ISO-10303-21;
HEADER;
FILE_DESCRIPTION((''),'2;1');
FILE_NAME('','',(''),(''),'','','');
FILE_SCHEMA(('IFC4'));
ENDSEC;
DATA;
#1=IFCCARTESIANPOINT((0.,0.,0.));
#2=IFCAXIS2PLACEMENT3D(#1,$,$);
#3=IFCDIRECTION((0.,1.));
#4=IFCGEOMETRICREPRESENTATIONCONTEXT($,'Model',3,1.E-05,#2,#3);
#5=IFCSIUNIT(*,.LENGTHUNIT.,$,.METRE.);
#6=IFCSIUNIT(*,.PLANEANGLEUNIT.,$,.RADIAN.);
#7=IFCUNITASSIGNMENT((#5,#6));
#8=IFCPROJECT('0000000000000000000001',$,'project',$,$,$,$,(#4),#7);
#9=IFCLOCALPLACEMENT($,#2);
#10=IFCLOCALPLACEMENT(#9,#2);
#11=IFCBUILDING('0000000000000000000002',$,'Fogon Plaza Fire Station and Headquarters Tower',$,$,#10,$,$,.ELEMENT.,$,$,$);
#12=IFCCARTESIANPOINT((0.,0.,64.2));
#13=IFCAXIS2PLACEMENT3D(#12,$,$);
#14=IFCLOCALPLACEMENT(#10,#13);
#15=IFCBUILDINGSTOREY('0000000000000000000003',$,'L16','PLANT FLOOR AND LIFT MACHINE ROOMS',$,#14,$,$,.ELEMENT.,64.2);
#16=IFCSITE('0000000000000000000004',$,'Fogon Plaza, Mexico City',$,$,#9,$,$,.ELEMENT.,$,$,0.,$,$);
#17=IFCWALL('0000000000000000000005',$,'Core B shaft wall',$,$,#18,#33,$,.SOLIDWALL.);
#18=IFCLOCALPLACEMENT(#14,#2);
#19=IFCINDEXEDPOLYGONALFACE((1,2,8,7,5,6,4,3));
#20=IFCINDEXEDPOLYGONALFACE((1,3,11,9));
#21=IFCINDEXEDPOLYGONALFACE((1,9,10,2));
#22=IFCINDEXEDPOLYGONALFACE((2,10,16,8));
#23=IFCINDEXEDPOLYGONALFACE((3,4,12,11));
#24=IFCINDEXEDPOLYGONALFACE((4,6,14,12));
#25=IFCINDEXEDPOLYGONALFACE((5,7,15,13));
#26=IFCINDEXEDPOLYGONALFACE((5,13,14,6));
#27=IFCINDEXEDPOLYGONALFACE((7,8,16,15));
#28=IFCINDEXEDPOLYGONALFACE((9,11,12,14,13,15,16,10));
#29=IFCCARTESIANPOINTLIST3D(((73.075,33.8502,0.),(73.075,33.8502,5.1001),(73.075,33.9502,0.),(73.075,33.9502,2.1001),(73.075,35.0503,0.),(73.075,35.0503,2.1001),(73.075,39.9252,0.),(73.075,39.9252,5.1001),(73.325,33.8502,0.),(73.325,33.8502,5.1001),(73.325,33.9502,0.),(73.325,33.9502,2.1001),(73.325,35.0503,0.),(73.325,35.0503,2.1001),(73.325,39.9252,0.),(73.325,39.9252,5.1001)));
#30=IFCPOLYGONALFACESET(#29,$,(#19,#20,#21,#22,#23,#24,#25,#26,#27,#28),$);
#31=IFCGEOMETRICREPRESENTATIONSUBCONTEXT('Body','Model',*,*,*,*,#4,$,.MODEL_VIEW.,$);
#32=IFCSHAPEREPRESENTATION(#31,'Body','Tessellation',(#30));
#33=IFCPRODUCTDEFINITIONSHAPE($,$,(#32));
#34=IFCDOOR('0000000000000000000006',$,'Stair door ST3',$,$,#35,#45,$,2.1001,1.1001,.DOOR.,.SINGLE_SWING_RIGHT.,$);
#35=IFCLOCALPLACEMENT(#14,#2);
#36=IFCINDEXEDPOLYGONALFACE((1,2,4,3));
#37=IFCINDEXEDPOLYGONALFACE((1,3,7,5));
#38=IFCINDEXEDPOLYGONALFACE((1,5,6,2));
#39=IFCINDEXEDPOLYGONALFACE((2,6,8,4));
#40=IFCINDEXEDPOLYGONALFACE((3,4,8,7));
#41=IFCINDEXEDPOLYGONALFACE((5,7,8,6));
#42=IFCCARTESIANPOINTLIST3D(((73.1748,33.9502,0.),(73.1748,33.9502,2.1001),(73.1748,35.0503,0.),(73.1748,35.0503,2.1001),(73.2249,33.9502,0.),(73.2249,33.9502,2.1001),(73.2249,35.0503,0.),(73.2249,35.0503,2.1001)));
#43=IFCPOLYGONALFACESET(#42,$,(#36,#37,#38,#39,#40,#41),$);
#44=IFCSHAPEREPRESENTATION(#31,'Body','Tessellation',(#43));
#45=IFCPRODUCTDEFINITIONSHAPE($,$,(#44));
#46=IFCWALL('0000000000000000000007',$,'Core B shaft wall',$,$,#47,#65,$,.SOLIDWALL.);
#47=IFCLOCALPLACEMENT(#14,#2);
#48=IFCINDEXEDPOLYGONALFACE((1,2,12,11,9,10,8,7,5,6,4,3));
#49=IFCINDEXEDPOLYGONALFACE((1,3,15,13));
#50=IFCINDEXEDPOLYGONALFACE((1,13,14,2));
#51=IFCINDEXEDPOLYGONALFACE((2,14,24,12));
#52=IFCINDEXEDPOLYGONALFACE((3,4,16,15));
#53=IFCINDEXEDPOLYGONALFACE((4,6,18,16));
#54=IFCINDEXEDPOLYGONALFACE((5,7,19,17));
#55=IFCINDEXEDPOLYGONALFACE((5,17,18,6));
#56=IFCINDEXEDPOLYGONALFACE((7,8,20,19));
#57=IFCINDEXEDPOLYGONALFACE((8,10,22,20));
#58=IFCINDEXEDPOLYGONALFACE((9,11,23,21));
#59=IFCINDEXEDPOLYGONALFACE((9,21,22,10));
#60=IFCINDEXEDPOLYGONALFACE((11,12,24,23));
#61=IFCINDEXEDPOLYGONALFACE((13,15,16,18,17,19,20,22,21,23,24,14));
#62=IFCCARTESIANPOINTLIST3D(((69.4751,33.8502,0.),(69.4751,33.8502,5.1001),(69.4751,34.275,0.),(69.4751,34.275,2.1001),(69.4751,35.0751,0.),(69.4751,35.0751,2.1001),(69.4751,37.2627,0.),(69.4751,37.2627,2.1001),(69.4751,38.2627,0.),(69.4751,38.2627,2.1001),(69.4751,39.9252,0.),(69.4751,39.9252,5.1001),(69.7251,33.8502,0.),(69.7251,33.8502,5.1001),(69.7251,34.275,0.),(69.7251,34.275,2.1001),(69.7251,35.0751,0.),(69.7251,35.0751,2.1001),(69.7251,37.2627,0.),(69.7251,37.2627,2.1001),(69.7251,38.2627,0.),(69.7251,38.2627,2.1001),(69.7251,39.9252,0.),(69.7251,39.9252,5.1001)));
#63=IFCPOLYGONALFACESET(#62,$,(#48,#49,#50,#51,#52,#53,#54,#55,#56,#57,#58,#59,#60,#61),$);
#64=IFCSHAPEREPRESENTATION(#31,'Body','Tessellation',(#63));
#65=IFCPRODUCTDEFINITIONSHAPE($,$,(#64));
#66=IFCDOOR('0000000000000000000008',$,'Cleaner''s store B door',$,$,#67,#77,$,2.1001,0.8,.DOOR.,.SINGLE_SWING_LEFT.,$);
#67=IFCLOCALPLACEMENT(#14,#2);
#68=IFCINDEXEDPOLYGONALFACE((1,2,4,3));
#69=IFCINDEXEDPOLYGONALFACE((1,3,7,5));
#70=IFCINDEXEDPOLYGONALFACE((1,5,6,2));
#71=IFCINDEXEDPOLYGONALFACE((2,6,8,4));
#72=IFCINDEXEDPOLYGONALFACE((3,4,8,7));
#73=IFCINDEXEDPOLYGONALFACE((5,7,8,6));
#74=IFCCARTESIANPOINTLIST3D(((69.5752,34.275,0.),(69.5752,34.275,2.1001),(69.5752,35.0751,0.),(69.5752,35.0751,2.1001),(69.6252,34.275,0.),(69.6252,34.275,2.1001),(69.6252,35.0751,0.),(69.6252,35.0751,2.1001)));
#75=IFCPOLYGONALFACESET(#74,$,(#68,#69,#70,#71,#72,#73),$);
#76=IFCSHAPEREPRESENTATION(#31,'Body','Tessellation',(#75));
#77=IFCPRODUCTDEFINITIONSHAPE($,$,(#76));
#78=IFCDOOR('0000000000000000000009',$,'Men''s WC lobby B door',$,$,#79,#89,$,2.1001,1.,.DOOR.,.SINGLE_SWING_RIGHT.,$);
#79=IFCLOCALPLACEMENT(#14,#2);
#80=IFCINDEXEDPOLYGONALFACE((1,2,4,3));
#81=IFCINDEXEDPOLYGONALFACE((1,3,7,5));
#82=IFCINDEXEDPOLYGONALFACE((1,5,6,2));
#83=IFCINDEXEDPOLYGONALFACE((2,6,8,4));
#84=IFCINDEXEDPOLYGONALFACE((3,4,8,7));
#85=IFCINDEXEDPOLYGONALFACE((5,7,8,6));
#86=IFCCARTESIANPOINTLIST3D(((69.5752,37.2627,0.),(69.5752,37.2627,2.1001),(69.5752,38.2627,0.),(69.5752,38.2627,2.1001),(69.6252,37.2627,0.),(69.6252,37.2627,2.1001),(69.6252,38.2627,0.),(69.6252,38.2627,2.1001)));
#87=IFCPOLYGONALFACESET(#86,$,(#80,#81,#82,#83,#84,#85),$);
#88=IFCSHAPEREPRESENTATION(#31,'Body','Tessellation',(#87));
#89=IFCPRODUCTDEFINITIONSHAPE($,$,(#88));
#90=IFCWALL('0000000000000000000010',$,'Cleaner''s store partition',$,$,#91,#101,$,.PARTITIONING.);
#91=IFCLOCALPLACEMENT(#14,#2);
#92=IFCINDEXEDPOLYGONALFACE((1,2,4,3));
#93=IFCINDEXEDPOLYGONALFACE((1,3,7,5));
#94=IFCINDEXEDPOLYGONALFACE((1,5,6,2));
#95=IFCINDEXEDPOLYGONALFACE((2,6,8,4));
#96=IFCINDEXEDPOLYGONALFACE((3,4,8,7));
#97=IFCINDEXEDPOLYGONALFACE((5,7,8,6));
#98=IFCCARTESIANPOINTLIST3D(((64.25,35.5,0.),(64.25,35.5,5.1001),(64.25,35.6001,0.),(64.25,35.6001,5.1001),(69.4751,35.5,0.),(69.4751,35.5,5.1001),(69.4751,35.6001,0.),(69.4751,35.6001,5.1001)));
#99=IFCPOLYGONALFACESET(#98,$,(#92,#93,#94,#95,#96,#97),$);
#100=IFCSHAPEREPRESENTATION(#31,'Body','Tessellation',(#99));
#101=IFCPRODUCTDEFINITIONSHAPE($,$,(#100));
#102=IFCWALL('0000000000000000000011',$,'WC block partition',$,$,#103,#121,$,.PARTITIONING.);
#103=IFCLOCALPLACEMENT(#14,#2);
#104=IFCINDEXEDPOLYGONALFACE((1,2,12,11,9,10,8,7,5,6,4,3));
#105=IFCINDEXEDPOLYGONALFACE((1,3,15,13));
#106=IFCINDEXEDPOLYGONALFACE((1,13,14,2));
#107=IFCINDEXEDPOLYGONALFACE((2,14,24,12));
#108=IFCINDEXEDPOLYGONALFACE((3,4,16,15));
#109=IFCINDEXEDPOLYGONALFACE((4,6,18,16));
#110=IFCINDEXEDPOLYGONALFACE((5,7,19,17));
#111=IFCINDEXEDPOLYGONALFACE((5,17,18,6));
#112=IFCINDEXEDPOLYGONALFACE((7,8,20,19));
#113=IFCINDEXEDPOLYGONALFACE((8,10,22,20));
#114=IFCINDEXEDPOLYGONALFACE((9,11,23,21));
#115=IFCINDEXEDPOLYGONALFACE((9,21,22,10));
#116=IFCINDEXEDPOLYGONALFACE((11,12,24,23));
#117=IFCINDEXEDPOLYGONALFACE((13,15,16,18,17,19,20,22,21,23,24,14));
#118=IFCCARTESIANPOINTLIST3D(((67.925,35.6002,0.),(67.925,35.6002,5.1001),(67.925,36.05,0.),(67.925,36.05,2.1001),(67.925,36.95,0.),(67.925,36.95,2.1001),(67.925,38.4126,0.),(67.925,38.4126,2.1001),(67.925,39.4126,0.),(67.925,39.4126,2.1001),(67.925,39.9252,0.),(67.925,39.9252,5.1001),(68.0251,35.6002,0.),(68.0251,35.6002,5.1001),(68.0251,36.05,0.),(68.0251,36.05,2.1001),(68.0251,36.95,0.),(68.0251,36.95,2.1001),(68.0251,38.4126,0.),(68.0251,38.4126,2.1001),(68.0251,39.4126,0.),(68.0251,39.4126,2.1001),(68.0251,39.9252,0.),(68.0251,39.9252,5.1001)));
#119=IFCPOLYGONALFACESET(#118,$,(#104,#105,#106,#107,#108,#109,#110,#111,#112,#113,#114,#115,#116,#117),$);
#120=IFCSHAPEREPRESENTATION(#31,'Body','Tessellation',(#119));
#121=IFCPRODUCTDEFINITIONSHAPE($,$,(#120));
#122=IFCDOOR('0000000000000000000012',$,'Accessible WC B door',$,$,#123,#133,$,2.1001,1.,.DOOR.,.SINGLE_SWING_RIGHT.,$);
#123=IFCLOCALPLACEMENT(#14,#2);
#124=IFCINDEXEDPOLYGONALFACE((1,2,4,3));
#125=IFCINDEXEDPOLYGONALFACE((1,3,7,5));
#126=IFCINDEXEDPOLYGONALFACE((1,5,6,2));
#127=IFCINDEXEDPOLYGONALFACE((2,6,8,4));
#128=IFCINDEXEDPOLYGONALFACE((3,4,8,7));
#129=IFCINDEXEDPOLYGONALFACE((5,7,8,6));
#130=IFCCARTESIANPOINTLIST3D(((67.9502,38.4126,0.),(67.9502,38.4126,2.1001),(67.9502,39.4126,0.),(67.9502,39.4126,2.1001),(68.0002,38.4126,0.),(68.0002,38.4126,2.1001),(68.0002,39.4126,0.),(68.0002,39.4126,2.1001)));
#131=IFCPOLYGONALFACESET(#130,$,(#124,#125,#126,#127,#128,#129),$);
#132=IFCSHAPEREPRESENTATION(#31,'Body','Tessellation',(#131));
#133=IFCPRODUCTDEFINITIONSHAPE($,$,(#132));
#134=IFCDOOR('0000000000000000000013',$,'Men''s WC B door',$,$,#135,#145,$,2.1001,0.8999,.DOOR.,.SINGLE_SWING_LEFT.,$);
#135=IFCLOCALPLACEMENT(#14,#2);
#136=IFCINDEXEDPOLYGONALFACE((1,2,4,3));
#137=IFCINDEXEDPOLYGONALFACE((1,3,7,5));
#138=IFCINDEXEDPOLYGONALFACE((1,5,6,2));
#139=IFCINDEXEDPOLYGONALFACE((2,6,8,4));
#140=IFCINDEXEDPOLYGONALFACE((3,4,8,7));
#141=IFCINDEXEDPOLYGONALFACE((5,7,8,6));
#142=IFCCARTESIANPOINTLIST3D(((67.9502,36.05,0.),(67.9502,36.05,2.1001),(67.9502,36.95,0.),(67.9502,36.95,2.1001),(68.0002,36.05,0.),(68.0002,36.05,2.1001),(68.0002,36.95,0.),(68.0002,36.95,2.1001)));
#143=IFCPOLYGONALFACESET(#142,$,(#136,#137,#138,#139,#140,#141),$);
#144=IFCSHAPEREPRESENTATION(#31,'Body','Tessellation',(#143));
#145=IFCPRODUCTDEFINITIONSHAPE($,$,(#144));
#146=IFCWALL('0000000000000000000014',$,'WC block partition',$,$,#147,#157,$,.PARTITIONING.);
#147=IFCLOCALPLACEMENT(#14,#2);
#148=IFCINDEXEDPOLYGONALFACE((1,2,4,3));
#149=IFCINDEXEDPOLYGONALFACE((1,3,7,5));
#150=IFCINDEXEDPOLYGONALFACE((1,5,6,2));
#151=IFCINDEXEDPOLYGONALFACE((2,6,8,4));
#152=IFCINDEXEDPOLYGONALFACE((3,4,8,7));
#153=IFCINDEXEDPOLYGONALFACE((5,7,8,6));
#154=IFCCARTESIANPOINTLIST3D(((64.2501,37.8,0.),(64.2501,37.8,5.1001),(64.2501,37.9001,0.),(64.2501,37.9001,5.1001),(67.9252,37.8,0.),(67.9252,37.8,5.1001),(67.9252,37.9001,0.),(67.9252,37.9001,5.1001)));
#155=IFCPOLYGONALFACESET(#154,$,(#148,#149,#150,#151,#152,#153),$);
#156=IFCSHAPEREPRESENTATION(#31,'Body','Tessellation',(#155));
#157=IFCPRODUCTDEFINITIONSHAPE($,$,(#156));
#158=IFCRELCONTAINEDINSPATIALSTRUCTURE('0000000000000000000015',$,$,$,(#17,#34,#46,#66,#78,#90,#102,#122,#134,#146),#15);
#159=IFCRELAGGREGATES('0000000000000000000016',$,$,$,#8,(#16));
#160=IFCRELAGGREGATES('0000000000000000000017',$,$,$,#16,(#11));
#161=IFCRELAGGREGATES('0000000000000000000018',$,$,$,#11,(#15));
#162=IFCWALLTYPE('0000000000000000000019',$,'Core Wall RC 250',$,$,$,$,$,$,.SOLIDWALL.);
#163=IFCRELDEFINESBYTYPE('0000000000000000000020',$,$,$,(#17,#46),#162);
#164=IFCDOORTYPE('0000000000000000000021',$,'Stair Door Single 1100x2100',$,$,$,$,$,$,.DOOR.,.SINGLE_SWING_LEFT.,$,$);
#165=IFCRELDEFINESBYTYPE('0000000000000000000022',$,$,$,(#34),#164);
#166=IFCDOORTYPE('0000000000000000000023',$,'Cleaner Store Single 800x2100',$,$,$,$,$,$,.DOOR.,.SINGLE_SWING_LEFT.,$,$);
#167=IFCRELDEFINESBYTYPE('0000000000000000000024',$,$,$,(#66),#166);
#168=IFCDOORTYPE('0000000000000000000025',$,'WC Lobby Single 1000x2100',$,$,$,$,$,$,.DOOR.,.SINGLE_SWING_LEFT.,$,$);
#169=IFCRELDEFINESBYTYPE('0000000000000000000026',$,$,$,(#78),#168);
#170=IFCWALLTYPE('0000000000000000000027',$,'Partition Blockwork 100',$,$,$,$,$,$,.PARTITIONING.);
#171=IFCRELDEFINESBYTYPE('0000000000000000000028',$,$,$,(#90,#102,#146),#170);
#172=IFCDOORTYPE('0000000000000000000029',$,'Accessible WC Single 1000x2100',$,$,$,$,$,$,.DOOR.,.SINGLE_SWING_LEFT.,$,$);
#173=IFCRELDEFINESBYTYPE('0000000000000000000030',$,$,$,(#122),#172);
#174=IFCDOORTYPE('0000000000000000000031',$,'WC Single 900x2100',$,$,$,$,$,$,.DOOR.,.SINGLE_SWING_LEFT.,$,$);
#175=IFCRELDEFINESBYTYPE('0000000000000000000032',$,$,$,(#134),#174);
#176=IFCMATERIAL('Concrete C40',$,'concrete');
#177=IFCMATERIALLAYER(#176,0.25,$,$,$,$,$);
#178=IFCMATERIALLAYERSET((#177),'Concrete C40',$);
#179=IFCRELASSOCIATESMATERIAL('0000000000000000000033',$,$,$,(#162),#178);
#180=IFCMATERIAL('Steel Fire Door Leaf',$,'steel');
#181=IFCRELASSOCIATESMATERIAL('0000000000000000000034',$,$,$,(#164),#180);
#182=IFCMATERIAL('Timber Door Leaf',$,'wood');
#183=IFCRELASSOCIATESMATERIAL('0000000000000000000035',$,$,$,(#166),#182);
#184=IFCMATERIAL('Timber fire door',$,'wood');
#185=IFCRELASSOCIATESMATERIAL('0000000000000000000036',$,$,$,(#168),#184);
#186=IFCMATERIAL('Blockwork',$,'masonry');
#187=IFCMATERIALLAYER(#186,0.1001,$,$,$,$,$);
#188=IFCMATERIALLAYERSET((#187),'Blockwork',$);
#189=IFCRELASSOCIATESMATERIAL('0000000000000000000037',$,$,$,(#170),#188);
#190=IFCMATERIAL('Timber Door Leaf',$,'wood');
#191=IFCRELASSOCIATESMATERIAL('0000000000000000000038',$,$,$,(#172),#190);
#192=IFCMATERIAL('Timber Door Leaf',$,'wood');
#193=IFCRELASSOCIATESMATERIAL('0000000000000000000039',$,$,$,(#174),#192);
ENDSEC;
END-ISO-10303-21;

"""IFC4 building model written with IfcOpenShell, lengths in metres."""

from ifc_helpers import new_model, si_unit, direction, frame, frame_2d, origin, place, context, subcontext, project, spatial, rectangle, extrude, material, layer, layer_set, type_object, element, fill, save


model = new_model("IFC4")

# Units and contexts
model_context = context("Model", 3, precision=1e-05, world=origin(), true_north=direction((0.0, 1.0)))
body_context = subcontext(model_context, "Body", "Model", "MODEL_VIEW")
ifc_project = project(units=[si_unit("LENGTHUNIT", "METRE"), si_unit("PLANEANGLEUNIT", "RADIAN")], contexts=[model_context])

# Site, building, storey
site_placement = place(None, origin())
site = spatial("IfcSite", under=ifc_project, at=site_placement, Name="Fogon Plaza, Mexico City", CompositionType="ELEMENT", RefElevation=0.0)
building_placement = place(site_placement, origin())
building = spatial("IfcBuilding", under=site, at=building_placement, Name="Fogon Plaza Fire Station and Headquarters Tower", CompositionType="ELEMENT")
storey_placement = place(building_placement, frame((0.0, 0.0, 64.2)))
storey = spatial("IfcBuildingStorey", under=building, at=storey_placement, Name="L16", Description="PLANT FLOOR AND LIFT MACHINE ROOMS", CompositionType="ELEMENT", Elevation=64.2)

# Wall, opening, door
ifc_material_1 = material(Name="Concrete C40", Category="concrete")
ifc_layer_1 = layer(ifc_material_1, 0.25)
ifc_layer_set_1 = layer_set([ifc_layer_1], Name="Concrete C40")
wall_type_1 = type_object("IfcWallType", Name="Core Wall RC 250", PredefinedType="SOLIDWALL", material=ifc_layer_set_1)
wall_1_placement = place(storey_placement, frame((73.2, 33.8501, 0.0), z_axis=(0.0, 0.0, 1.0), x_axis=(0.0, 1.0, 0.0)))
wall_1 = element("IfcWall", 1, at=wall_1_placement, inside=storey, type_object=wall_type_1, Name="Core B shaft wall", PredefinedType="SOLIDWALL", context=body_context, shape_type="SweptSolid", body=[
    extrude(rectangle(XDim=6.075, YDim=0.25, at=frame_2d((3.0376, 0.0))), origin(), (0.0, 0.0, 1.0), 5.1001),
])
opening_1_placement = place(wall_1_placement, frame((0.1001, 0.0, 0.0)))
opening_1 = element("IfcOpeningElement", 2, at=opening_1_placement, cuts=wall_1, PredefinedType="OPENING", context=body_context, shape_type="SweptSolid", body=[
    extrude(rectangle(XDim=1.1001, YDim=2.1001, at=frame_2d((0.55, 1.05))), frame((0.0, 0.135, 0.0), z_axis=(0.0, -1.0, 0.0), x_axis=(1.0, 0.0, 0.0)), (0.0, 0.0, 1.0), 0.27),
])
ifc_material_2 = material(Name="Steel Fire Door Leaf", Category="steel")
door_type_1 = type_object("IfcDoorType", Name="Stair Door Single 1100x2100", OperationType="SINGLE_SWING_LEFT", PredefinedType="DOOR", material=ifc_material_2)
door_1_placement = place(opening_1_placement, frame((1.1001, 0.0, 0.0), z_axis=(0.0, 0.0, 1.0), x_axis=(-1.0, 0.0, 0.0)))
door_1 = element("IfcDoor", 3, at=door_1_placement, inside=storey, type_object=door_type_1, Name="Stair door ST3", OperationType="SINGLE_SWING_RIGHT", OverallHeight=2.1001, OverallWidth=1.1001, PredefinedType="DOOR", context=body_context, shape_type="SweptSolid", body=[
    extrude(rectangle(XDim=1.1001, YDim=2.1001, at=frame_2d((0.55, 1.05))), frame((0.0, 0.0249, 0.0), z_axis=(0.0, -1.0, 0.0), x_axis=(1.0, 0.0, 0.0)), (0.0, 0.0, 1.0), 0.05),
])
fill(opening_1, door_1)

# Wall, openings, doors
wall_2_placement = place(storey_placement, frame((69.6001, 33.8501, 0.0), z_axis=(0.0, 0.0, 1.0), x_axis=(0.0, 1.0, 0.0)))
wall_2 = element("IfcWall", 4, at=wall_2_placement, inside=storey, type_object=wall_type_1, Name="Core B shaft wall", PredefinedType="SOLIDWALL", context=body_context, shape_type="SweptSolid", body=[
    extrude(rectangle(XDim=6.075, YDim=0.25, at=frame_2d((3.0376, 0.0))), origin(), (0.0, 0.0, 1.0), 5.1001),
])
opening_2_placement = place(wall_2_placement, frame((0.425, 0.0, 0.0)))
opening_2 = element("IfcOpeningElement", 5, at=opening_2_placement, cuts=wall_2, PredefinedType="OPENING", context=body_context, shape_type="SweptSolid", body=[
    extrude(rectangle(XDim=0.8, YDim=2.1001, at=frame_2d((0.3999, 1.05))), frame((0.0, 0.135, 0.0), z_axis=(0.0, -1.0, 0.0), x_axis=(1.0, 0.0, 0.0)), (0.0, 0.0, 1.0), 0.27),
])
opening_3_placement = place(wall_2_placement, frame((3.4126, 0.0, 0.0)))
opening_3 = element("IfcOpeningElement", 6, at=opening_3_placement, cuts=wall_2, PredefinedType="OPENING", context=body_context, shape_type="SweptSolid", body=[
    extrude(rectangle(XDim=1.0, YDim=2.1001, at=frame_2d((0.5, 1.05))), frame((0.0, 0.135, 0.0), z_axis=(0.0, -1.0, 0.0), x_axis=(1.0, 0.0, 0.0)), (0.0, 0.0, 1.0), 0.27),
])
ifc_material_3 = material(Name="Timber Door Leaf", Category="wood")
door_type_2 = type_object("IfcDoorType", Name="Cleaner Store Single 800x2100", OperationType="SINGLE_SWING_LEFT", PredefinedType="DOOR", material=ifc_material_3)
door_2_placement = place(opening_2_placement, origin())
door_2 = element("IfcDoor", 7, at=door_2_placement, inside=storey, type_object=door_type_2, Name="Cleaner's store B door", OperationType="SINGLE_SWING_LEFT", OverallHeight=2.1001, OverallWidth=0.8, PredefinedType="DOOR", context=body_context, shape_type="SweptSolid", body=[
    extrude(rectangle(XDim=0.8, YDim=2.1001, at=frame_2d((0.3999, 1.05))), frame((0.0, 0.0249, 0.0), z_axis=(0.0, -1.0, 0.0), x_axis=(1.0, 0.0, 0.0)), (0.0, 0.0, 1.0), 0.05),
])
fill(opening_2, door_2)
ifc_material_4 = material(Name="Timber fire door", Category="wood")
door_type_3 = type_object("IfcDoorType", Name="WC Lobby Single 1000x2100", OperationType="SINGLE_SWING_LEFT", PredefinedType="DOOR", material=ifc_material_4)
door_3_placement = place(opening_3_placement, origin())
door_3 = element("IfcDoor", 8, at=door_3_placement, inside=storey, type_object=door_type_3, Name="Men's WC lobby B door", OperationType="SINGLE_SWING_RIGHT", OverallHeight=2.1001, OverallWidth=1.0, PredefinedType="DOOR", context=body_context, shape_type="SweptSolid", body=[
    extrude(rectangle(XDim=1.0, YDim=2.1001, at=frame_2d((0.5, 1.05))), frame((0.0, 0.0249, 0.0), z_axis=(0.0, -1.0, 0.0), x_axis=(1.0, 0.0, 0.0)), (0.0, 0.0, 1.0), 0.05),
])
fill(opening_3, door_3)

# Wall
ifc_material_5 = material(Name="Blockwork", Category="masonry")
ifc_layer_2 = layer(ifc_material_5, 0.1001)
ifc_layer_set_2 = layer_set([ifc_layer_2], Name="Blockwork")
wall_type_2 = type_object("IfcWallType", Name="Partition Blockwork 100", PredefinedType="PARTITIONING", material=ifc_layer_set_2)
wall_3_placement = place(storey_placement, frame((69.4751, 35.55, 0.0), z_axis=(0.0, 0.0, 1.0), x_axis=(-1.0, 0.0, 0.0)))
element("IfcWall", 9, at=wall_3_placement, inside=storey, type_object=wall_type_2, Name="Cleaner's store partition", PredefinedType="PARTITIONING", context=body_context, shape_type="SweptSolid", body=[
    extrude(rectangle(XDim=5.2251, YDim=0.1001, at=frame_2d((2.6125, 0.0))), origin(), (0.0, 0.0, 1.0), 5.1001),
])

# Wall, openings, doors
wall_4_placement = place(storey_placement, frame((67.9751, 35.6001, 0.0), z_axis=(0.0, 0.0, 1.0), x_axis=(0.0, 1.0, 0.0)))
wall_4 = element("IfcWall", 10, at=wall_4_placement, inside=storey, type_object=wall_type_2, Name="WC block partition", PredefinedType="PARTITIONING", context=body_context, shape_type="SweptSolid", body=[
    extrude(rectangle(XDim=4.325, YDim=0.1001, at=frame_2d((2.1626, 0.0))), origin(), (0.0, 0.0, 1.0), 5.1001),
])
opening_4_placement = place(wall_4_placement, frame((0.45, 0.0, 0.0)))
opening_4 = element("IfcOpeningElement", 11, at=opening_4_placement, cuts=wall_4, PredefinedType="OPENING", context=body_context, shape_type="SweptSolid", body=[
    extrude(rectangle(XDim=0.8999, YDim=2.1001, at=frame_2d((0.45, 1.05))), frame((0.0, 0.0601, 0.0), z_axis=(0.0, -1.0, 0.0), x_axis=(1.0, 0.0, 0.0)), (0.0, 0.0, 1.0), 0.1201),
])
opening_5_placement = place(wall_4_placement, frame((2.8125, 0.0, 0.0)))
opening_5 = element("IfcOpeningElement", 12, at=opening_5_placement, cuts=wall_4, PredefinedType="OPENING", context=body_context, shape_type="SweptSolid", body=[
    extrude(rectangle(XDim=1.0, YDim=2.1001, at=frame_2d((0.5, 1.05))), frame((0.0, 0.0601, 0.0), z_axis=(0.0, -1.0, 0.0), x_axis=(1.0, 0.0, 0.0)), (0.0, 0.0, 1.0), 0.1201),
])
ifc_material_6 = material(Name="Timber Door Leaf", Category="wood")
door_type_4 = type_object("IfcDoorType", Name="Accessible WC Single 1000x2100", OperationType="SINGLE_SWING_LEFT", PredefinedType="DOOR", material=ifc_material_6)
door_4_placement = place(opening_5_placement, origin())
door_4 = element("IfcDoor", 13, at=door_4_placement, inside=storey, type_object=door_type_4, Name="Accessible WC B door", OperationType="SINGLE_SWING_RIGHT", OverallHeight=2.1001, OverallWidth=1.0, PredefinedType="DOOR", context=body_context, shape_type="SweptSolid", body=[
    extrude(rectangle(XDim=1.0, YDim=2.1001, at=frame_2d((0.5, 1.05))), frame((0.0, 0.0249, 0.0), z_axis=(0.0, -1.0, 0.0), x_axis=(1.0, 0.0, 0.0)), (0.0, 0.0, 1.0), 0.05),
])
fill(opening_5, door_4)
ifc_material_7 = material(Name="Timber Door Leaf", Category="wood")
door_type_5 = type_object("IfcDoorType", Name="WC Single 900x2100", OperationType="SINGLE_SWING_LEFT", PredefinedType="DOOR", material=ifc_material_7)
door_5_placement = place(opening_4_placement, origin())
door_5 = element("IfcDoor", 14, at=door_5_placement, inside=storey, type_object=door_type_5, Name="Men's WC B door", OperationType="SINGLE_SWING_LEFT", OverallHeight=2.1001, OverallWidth=0.8999, PredefinedType="DOOR", context=body_context, shape_type="SweptSolid", body=[
    extrude(rectangle(XDim=0.8999, YDim=2.1001, at=frame_2d((0.45, 1.05))), frame((0.0, 0.0249, 0.0), z_axis=(0.0, -1.0, 0.0), x_axis=(1.0, 0.0, 0.0)), (0.0, 0.0, 1.0), 0.05),
])
fill(opening_4, door_5)

# Wall
wall_5_placement = place(storey_placement, frame((67.925, 37.8501, 0.0), z_axis=(0.0, 0.0, 1.0), x_axis=(-1.0, 0.0, 0.0)))
element("IfcWall", 15, at=wall_5_placement, inside=storey, type_object=wall_type_2, Name="WC block partition", PredefinedType="PARTITIONING", context=body_context, shape_type="SweptSolid", body=[
    extrude(rectangle(XDim=3.675, YDim=0.1001, at=frame_2d((1.8374, 0.0))), origin(), (0.0, 0.0, 1.0), 5.1001),
])

save(model, "model.ifc")
